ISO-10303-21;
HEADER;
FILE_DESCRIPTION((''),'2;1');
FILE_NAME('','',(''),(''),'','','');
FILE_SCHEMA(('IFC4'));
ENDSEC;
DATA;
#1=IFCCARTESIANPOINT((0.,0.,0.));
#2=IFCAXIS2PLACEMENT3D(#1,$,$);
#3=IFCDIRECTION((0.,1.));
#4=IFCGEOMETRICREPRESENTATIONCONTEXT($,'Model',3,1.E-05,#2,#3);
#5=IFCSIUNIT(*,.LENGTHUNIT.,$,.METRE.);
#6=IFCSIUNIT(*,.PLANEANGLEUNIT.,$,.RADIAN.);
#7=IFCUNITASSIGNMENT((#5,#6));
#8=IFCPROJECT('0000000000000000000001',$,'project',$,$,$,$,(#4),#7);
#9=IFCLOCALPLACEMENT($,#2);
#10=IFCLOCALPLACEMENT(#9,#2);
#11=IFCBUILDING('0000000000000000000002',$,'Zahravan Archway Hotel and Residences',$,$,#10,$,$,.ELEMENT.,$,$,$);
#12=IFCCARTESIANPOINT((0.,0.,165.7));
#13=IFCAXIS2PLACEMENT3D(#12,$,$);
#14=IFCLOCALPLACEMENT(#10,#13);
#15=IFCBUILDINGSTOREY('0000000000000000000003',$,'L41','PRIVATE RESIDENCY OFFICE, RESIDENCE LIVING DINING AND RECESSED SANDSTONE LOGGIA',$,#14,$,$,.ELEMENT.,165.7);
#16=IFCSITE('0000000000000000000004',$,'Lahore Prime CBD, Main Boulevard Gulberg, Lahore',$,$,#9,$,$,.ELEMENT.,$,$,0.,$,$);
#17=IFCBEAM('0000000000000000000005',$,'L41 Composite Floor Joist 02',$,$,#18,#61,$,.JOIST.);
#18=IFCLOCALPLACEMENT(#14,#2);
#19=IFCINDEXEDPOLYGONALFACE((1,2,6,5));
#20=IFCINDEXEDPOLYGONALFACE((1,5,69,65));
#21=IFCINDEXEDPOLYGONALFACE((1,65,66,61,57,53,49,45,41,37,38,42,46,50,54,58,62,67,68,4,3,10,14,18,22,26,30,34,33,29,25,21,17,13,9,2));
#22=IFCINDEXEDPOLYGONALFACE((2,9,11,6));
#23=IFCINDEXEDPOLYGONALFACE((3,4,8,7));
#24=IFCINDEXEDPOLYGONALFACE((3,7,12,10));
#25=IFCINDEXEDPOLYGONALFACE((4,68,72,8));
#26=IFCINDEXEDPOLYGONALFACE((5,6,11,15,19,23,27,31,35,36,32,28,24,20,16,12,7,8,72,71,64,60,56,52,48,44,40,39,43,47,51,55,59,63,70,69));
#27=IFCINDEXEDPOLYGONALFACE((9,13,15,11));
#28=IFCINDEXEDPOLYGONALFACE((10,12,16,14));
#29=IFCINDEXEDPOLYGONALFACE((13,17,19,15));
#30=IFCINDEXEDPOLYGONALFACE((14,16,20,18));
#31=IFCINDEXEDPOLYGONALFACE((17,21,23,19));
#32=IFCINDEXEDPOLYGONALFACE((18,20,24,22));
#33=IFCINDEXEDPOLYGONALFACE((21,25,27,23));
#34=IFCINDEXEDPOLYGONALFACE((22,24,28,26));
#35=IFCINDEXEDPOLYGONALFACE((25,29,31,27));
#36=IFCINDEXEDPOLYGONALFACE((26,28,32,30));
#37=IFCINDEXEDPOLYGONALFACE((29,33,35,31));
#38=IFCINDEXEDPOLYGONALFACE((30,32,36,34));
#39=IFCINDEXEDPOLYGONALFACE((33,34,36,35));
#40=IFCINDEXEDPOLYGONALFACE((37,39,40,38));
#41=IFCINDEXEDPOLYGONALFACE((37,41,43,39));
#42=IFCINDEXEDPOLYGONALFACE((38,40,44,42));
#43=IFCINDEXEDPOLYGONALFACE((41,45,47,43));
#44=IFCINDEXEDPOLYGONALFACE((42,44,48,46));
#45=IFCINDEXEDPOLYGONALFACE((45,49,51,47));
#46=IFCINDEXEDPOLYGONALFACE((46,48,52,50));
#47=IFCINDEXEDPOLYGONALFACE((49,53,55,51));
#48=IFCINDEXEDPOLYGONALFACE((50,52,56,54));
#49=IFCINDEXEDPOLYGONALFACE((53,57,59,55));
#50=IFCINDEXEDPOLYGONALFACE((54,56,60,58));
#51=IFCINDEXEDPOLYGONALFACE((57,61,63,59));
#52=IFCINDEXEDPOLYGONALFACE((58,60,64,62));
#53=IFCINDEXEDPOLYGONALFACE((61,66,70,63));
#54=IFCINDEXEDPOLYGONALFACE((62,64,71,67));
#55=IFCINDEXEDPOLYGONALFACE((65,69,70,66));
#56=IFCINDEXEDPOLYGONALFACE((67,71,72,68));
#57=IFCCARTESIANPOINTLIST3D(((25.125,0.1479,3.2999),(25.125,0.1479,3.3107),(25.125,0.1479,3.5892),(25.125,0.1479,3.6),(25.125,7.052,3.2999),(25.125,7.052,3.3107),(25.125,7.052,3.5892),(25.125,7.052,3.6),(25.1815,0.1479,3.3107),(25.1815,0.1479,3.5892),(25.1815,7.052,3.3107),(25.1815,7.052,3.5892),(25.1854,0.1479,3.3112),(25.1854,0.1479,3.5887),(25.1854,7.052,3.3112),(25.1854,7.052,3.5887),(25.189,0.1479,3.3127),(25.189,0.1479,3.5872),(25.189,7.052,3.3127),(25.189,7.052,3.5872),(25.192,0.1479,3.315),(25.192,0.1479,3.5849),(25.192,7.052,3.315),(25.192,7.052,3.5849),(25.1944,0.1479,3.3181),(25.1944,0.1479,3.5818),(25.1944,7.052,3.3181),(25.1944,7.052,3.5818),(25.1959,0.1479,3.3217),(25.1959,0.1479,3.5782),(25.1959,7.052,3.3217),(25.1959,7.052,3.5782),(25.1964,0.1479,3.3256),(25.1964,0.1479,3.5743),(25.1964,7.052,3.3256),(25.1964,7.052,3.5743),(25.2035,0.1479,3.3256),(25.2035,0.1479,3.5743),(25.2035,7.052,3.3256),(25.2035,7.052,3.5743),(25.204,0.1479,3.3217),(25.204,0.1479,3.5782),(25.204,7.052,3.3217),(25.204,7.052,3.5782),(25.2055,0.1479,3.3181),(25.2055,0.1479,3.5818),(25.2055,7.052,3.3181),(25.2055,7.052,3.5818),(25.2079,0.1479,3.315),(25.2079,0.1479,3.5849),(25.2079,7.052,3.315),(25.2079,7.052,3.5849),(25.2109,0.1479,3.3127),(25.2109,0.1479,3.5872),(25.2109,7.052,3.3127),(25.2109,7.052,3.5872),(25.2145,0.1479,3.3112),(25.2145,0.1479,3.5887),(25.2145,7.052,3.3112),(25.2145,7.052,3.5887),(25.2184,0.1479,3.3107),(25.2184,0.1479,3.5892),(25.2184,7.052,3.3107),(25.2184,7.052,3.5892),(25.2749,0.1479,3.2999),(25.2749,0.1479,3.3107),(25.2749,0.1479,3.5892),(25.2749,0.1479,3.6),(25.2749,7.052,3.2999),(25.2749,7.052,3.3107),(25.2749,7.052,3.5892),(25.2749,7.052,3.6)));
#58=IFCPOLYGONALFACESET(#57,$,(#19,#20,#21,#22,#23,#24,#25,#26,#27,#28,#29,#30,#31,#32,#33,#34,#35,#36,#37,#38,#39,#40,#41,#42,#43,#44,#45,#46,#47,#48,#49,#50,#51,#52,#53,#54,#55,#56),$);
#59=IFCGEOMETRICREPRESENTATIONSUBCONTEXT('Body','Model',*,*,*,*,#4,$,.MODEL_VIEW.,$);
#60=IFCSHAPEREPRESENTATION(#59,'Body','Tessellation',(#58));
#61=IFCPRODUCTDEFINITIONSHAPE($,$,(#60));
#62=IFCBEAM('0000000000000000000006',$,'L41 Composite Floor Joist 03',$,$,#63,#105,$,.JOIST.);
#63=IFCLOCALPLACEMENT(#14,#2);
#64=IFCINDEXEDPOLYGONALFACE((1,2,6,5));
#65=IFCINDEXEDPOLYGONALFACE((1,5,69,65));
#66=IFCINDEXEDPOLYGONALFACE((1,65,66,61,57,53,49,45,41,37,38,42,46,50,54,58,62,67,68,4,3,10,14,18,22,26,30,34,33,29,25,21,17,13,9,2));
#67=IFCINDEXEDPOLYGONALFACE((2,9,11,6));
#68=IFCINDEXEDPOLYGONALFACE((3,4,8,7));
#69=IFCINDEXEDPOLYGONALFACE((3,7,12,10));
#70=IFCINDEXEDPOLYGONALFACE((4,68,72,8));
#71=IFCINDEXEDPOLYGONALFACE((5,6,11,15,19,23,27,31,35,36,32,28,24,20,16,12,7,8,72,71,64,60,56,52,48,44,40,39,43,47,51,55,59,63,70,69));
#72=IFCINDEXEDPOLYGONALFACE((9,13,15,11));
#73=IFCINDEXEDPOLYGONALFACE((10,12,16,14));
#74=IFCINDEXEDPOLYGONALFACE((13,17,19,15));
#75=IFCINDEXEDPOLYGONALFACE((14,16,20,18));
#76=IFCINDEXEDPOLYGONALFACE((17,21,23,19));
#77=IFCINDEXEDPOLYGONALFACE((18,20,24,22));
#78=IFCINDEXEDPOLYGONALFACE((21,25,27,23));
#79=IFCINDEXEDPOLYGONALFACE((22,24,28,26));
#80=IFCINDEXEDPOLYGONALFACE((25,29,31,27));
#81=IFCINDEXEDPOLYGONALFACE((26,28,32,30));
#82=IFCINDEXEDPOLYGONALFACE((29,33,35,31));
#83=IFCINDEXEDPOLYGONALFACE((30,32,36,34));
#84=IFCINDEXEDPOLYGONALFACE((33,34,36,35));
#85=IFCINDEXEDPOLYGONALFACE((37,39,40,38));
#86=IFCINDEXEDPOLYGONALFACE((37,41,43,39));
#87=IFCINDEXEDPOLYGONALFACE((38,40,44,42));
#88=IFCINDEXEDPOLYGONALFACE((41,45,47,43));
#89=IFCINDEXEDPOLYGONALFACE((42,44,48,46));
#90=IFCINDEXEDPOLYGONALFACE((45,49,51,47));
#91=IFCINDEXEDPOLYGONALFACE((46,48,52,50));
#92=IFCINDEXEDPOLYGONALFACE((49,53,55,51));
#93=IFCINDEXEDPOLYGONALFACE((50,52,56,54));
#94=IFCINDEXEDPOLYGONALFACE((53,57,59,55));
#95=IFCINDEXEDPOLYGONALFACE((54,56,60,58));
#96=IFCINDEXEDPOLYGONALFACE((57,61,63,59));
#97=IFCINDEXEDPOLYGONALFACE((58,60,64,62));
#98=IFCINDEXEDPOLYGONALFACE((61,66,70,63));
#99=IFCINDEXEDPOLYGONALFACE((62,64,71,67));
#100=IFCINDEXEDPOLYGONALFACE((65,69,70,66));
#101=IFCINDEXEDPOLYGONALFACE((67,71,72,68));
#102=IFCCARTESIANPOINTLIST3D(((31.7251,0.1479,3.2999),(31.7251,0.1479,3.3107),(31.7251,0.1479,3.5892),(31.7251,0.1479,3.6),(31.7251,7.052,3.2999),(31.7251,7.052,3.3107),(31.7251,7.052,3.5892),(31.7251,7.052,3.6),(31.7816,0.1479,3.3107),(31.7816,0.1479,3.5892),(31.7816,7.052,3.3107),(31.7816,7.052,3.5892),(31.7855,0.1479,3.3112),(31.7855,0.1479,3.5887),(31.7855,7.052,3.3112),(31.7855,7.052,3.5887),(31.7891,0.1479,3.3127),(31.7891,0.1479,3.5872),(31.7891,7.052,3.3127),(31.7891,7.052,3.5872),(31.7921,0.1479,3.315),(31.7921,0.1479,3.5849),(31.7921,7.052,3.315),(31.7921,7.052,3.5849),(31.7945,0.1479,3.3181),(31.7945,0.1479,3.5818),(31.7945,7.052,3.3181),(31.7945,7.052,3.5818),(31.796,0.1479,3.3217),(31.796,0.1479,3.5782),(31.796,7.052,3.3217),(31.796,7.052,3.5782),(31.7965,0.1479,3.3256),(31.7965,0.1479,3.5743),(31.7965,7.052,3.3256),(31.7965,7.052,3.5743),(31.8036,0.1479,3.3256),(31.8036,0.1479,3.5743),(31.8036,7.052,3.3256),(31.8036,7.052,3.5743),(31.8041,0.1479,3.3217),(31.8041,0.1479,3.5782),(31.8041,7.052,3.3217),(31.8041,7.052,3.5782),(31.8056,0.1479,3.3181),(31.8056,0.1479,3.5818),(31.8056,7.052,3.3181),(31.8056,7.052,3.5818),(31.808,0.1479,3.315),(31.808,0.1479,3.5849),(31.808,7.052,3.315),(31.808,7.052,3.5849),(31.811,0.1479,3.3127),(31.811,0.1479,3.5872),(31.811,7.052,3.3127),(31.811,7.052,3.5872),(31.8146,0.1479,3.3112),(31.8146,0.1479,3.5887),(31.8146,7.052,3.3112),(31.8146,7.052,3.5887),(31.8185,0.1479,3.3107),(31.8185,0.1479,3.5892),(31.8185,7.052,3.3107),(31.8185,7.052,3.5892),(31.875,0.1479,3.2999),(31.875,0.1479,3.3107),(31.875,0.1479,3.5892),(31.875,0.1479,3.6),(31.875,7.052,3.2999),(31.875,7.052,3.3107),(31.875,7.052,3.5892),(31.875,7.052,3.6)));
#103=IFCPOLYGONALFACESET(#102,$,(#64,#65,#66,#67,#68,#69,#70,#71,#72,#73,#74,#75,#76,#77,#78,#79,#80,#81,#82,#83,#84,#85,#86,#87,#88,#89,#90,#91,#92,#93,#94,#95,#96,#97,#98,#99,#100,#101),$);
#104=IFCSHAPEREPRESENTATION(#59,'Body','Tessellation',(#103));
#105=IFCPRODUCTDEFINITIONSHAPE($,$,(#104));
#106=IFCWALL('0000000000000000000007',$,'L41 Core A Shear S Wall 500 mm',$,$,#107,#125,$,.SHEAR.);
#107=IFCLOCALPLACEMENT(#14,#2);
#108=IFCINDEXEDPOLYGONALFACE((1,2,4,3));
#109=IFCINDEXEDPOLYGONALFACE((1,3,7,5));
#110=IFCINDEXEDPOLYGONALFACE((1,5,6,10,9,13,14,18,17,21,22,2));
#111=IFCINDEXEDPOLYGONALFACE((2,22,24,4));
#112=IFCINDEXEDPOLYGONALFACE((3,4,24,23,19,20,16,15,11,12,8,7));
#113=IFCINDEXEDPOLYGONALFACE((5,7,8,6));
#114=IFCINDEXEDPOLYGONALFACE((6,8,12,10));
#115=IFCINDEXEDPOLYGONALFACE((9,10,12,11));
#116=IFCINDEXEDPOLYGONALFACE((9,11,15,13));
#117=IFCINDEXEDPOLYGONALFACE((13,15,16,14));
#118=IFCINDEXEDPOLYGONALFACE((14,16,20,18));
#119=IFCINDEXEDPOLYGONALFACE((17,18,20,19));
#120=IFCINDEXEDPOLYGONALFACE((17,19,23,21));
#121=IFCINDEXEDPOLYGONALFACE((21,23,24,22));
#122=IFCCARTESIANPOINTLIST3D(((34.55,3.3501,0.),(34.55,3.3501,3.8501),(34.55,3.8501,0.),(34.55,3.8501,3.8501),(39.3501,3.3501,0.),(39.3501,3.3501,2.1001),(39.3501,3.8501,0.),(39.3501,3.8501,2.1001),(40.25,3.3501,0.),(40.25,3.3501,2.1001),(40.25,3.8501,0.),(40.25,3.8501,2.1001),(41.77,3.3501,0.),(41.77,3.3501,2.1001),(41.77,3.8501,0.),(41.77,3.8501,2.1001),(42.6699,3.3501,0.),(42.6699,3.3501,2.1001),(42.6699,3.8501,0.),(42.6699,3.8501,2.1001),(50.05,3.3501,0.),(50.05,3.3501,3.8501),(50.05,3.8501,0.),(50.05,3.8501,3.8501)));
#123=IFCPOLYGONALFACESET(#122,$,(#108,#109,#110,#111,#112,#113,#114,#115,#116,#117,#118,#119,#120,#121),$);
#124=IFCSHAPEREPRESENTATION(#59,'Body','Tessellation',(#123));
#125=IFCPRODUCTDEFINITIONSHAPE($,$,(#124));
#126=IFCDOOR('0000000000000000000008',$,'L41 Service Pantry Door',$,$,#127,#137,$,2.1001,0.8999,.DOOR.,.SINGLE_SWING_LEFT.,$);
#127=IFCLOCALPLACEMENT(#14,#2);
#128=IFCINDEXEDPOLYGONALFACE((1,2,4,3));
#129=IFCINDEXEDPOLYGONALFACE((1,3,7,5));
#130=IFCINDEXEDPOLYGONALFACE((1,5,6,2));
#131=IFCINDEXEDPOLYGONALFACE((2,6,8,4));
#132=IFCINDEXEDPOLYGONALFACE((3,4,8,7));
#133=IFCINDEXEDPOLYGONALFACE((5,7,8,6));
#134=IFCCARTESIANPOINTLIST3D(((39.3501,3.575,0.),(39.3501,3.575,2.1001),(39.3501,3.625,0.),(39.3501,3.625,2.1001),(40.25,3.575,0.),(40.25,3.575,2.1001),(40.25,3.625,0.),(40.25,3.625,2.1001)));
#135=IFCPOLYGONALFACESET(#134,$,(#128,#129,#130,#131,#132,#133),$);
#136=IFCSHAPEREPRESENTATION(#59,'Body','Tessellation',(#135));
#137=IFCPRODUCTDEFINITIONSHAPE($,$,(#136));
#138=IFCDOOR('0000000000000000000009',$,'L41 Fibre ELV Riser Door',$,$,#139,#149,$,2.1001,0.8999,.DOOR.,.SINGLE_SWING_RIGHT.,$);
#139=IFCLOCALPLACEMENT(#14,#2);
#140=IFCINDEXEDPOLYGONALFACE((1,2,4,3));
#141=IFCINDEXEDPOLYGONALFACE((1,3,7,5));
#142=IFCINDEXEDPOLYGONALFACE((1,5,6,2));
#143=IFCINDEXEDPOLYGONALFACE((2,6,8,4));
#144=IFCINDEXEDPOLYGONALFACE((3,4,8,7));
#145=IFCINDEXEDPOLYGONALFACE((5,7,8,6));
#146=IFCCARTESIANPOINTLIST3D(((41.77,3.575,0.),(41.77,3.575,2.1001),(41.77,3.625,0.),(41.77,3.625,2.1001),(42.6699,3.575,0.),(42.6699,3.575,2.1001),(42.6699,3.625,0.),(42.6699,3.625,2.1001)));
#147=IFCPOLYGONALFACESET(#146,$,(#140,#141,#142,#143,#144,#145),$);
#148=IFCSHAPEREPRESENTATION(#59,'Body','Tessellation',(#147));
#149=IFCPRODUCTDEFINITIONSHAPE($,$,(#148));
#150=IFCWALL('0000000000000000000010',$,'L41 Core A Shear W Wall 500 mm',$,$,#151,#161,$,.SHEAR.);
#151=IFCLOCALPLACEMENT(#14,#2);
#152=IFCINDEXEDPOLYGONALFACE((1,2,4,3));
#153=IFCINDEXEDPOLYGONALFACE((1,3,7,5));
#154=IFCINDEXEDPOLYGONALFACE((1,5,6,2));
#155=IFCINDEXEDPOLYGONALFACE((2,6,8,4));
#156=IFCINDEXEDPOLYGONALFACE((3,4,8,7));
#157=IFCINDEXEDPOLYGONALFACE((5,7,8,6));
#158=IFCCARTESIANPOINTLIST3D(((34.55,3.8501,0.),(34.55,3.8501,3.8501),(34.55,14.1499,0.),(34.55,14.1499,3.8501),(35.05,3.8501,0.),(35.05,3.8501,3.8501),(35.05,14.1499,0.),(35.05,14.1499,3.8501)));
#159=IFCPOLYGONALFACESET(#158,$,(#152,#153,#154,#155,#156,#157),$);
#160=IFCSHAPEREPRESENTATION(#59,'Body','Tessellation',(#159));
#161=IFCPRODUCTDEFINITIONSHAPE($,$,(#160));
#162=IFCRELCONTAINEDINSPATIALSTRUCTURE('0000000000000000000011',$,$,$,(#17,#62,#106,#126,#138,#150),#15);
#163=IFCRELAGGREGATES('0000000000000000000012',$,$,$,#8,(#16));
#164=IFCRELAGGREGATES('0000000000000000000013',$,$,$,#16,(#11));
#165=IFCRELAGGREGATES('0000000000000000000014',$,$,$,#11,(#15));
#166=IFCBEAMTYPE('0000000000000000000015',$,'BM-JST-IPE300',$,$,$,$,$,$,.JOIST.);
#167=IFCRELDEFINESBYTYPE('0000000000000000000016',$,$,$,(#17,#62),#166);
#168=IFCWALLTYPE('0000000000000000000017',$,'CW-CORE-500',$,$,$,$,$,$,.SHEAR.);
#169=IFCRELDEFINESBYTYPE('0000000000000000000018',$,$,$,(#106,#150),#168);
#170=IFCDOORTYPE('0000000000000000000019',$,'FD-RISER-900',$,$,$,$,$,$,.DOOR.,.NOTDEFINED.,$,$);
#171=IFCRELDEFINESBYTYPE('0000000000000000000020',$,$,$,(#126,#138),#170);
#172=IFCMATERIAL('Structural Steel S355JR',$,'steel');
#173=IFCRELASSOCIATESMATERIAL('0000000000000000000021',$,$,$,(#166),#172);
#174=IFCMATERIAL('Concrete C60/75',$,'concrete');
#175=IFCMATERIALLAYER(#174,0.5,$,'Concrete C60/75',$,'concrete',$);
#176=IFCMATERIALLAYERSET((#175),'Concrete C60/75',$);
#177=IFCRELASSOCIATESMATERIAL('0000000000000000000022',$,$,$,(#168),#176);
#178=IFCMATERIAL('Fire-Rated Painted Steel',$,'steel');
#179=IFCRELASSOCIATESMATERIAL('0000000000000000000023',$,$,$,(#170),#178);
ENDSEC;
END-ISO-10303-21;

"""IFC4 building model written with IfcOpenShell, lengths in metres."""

from ifc_helpers import new_model, si_unit, direction, frame, frame_2d, origin, origin_2d, place, context, subcontext, project, spatial, rectangle, i_section, extrude, source, transform, mapped, material, layer, layer_set, material_profile, profile_set, type_object, type_shapes, element, fill, save


model = new_model("IFC4")

# Units and contexts
model_context = context("Model", 3, precision=1e-05, world=origin(), true_north=direction((0.0, 1.0)))
body_context = subcontext(model_context, "Body", "Model", "MODEL_VIEW")
ifc_project = project(units=[si_unit("LENGTHUNIT", "METRE"), si_unit("PLANEANGLEUNIT", "RADIAN")], contexts=[model_context])

# Site, building, storey
site_placement = place(None, origin())
site = spatial("IfcSite", under=ifc_project, at=site_placement, Name="Lahore Prime CBD, Main Boulevard Gulberg, Lahore", CompositionType="ELEMENT", RefElevation=0.0)
building_placement = place(site_placement, origin())
building = spatial("IfcBuilding", under=site, at=building_placement, Name="Zahravan Archway Hotel and Residences", CompositionType="ELEMENT")
storey_placement = place(building_placement, frame((0.0, 0.0, 165.7)))
storey = spatial("IfcBuildingStorey", under=building, at=storey_placement, Name="L41", Description="PRIVATE RESIDENCY OFFICE, RESIDENCE LIVING DINING AND RECESSED SANDSTONE LOGGIA", CompositionType="ELEMENT", Elevation=165.7)

# Shared definitions
ifc_material_1 = material(Name="Concrete C60/75", Category="concrete")

# Beams
ifc_material_2 = material(Name="Structural Steel S355JR", Category="steel")
ifc_material_profile_1 = material_profile(ifc_material_2, i_section(OverallWidth=0.1499, OverallDepth=0.3, WebThickness=0.0071, FlangeThickness=0.0107, FilletRadius=0.0149, at=origin_2d()), Name="IPE 300", Category="steel")
ifc_profile_set_1 = profile_set([ifc_material_profile_1], Name="Structural Steel S355JR")
beam_type_1 = type_object("IfcBeamType", Name="BM-JST-IPE300", PredefinedType="JOIST", material=ifc_profile_set_1)
shared_shape_1 = source(origin(), body_context, "Body", "SweptSolid", [
    extrude(i_section(OverallWidth=0.1499, OverallDepth=0.3, WebThickness=0.0071, FlangeThickness=0.0107, FilletRadius=0.0149, at=origin_2d()), origin(), (0.0, 0.0, 1.0), 6.9041),
])
type_shapes(beam_type_1, [shared_shape_1])
for number, where, z_axis, x_axis, name in (
    (1, (25.2, 0.1479, 3.45), (0.0, 1.0, 0.0), (-1.0, 0.0, 0.0), "L41 Composite Floor Joist 02"),
    (2, (31.8, 0.1479, 3.45), (0.0, 1.0, 0.0), (-1.0, 0.0, 0.0), "L41 Composite Floor Joist 03"),
):
    element("IfcBeam", number, at=place(storey_placement, frame(where, z_axis=z_axis, x_axis=x_axis)), inside=storey, type_object=beam_type_1, Name=name, PredefinedType="JOIST", context=body_context, shape_type="MappedRepresentation", body=[
        mapped(shared_shape_1, transform((0.0, 0.0, 0.0), scale=1.0)),
    ])

# Wall, openings, doors
ifc_layer_1 = layer(ifc_material_1, 0.5, Name="Concrete C60/75", Category="concrete")
ifc_layer_set_1 = layer_set([ifc_layer_1], Name="Concrete C60/75")
wall_type_1 = type_object("IfcWallType", Name="CW-CORE-500", PredefinedType="SHEAR", material=ifc_layer_set_1)
wall_1_placement = place(storey_placement, frame((34.55, 3.6001, 0.0), z_axis=(0.0, 0.0, 1.0), x_axis=(1.0, 0.0, 0.0)))
wall_1 = element("IfcWall", 3, at=wall_1_placement, inside=storey, type_object=wall_type_1, Name="L41 Core A Shear S Wall 500 mm", PredefinedType="SHEAR", context=body_context, shape_type="SweptSolid", body=[
    extrude(rectangle(XDim=15.5, YDim=0.5, at=frame_2d((7.75, 0.0))), origin(), (0.0, 0.0, 1.0), 3.8501),
])
opening_1_placement = place(wall_1_placement, frame((4.8, 0.0, 0.0)))
opening_1 = element("IfcOpeningElement", 4, at=opening_1_placement, cuts=wall_1, PredefinedType="OPENING", context=body_context, shape_type="SweptSolid", body=[
    extrude(rectangle(XDim=0.8999, YDim=2.1001, at=frame_2d((0.45, 1.05))), frame((0.0, 0.26, 0.0), z_axis=(0.0, -1.0, 0.0), x_axis=(1.0, 0.0, 0.0)), (0.0, 0.0, 1.0), 0.52),
])
opening_2_placement = place(wall_1_placement, frame((7.22, 0.0, 0.0)))
opening_2 = element("IfcOpeningElement", 5, at=opening_2_placement, cuts=wall_1, PredefinedType="OPENING", context=body_context, shape_type="SweptSolid", body=[
    extrude(rectangle(XDim=0.8999, YDim=2.1001, at=frame_2d((0.45, 1.05))), frame((0.0, 0.26, 0.0), z_axis=(0.0, -1.0, 0.0), x_axis=(1.0, 0.0, 0.0)), (0.0, 0.0, 1.0), 0.52),
])
ifc_material_3 = material(Name="Fire-Rated Painted Steel", Category="steel")
door_type_1 = type_object("IfcDoorType", Name="FD-RISER-900", OperationType="NOTDEFINED", PredefinedType="DOOR", material=ifc_material_3)
shared_shape_2 = source(origin(), body_context, "Body", "SweptSolid", [
    extrude(rectangle(XDim=0.8999, YDim=2.1001, at=frame_2d((0.45, 1.05))), frame((0.0, 0.0249, 0.0), z_axis=(0.0, -1.0, 0.0), x_axis=(1.0, 0.0, 0.0)), (0.0, 0.0, 1.0), 0.05),
])
type_shapes(door_type_1, [shared_shape_2])
door_1_placement = place(opening_1_placement, origin())
door_1 = element("IfcDoor", 6, at=door_1_placement, inside=storey, type_object=door_type_1, Name="L41 Service Pantry Door", OperationType="SINGLE_SWING_LEFT", OverallHeight=2.1001, OverallWidth=0.8999, PredefinedType="DOOR", context=body_context, shape_type="MappedRepresentation", body=[
    mapped(shared_shape_2, transform((0.0, 0.0, 0.0), scale=1.0)),
])
fill(opening_1, door_1)
door_2_placement = place(opening_2_placement, origin())
door_2 = element("IfcDoor", 7, at=door_2_placement, inside=storey, type_object=door_type_1, Name="L41 Fibre ELV Riser Door", OperationType="SINGLE_SWING_RIGHT", OverallHeight=2.1001, OverallWidth=0.8999, PredefinedType="DOOR", context=body_context, shape_type="MappedRepresentation", body=[
    mapped(shared_shape_2, transform((0.0, 0.0, 0.0), scale=1.0)),
])
fill(opening_2, door_2)

# Wall
wall_2_placement = place(storey_placement, frame((34.8, 3.8501, 0.0), z_axis=(0.0, 0.0, 1.0), x_axis=(0.0, 1.0, 0.0)))
element("IfcWall", 8, at=wall_2_placement, inside=storey, type_object=wall_type_1, Name="L41 Core A Shear W Wall 500 mm", PredefinedType="SHEAR", context=body_context, shape_type="SweptSolid", body=[
    extrude(rectangle(XDim=10.2998, YDim=0.5, at=frame_2d((5.1499, 0.0))), origin(), (0.0, 0.0, 1.0), 3.8501),
])

save(model, "model.ifc")
